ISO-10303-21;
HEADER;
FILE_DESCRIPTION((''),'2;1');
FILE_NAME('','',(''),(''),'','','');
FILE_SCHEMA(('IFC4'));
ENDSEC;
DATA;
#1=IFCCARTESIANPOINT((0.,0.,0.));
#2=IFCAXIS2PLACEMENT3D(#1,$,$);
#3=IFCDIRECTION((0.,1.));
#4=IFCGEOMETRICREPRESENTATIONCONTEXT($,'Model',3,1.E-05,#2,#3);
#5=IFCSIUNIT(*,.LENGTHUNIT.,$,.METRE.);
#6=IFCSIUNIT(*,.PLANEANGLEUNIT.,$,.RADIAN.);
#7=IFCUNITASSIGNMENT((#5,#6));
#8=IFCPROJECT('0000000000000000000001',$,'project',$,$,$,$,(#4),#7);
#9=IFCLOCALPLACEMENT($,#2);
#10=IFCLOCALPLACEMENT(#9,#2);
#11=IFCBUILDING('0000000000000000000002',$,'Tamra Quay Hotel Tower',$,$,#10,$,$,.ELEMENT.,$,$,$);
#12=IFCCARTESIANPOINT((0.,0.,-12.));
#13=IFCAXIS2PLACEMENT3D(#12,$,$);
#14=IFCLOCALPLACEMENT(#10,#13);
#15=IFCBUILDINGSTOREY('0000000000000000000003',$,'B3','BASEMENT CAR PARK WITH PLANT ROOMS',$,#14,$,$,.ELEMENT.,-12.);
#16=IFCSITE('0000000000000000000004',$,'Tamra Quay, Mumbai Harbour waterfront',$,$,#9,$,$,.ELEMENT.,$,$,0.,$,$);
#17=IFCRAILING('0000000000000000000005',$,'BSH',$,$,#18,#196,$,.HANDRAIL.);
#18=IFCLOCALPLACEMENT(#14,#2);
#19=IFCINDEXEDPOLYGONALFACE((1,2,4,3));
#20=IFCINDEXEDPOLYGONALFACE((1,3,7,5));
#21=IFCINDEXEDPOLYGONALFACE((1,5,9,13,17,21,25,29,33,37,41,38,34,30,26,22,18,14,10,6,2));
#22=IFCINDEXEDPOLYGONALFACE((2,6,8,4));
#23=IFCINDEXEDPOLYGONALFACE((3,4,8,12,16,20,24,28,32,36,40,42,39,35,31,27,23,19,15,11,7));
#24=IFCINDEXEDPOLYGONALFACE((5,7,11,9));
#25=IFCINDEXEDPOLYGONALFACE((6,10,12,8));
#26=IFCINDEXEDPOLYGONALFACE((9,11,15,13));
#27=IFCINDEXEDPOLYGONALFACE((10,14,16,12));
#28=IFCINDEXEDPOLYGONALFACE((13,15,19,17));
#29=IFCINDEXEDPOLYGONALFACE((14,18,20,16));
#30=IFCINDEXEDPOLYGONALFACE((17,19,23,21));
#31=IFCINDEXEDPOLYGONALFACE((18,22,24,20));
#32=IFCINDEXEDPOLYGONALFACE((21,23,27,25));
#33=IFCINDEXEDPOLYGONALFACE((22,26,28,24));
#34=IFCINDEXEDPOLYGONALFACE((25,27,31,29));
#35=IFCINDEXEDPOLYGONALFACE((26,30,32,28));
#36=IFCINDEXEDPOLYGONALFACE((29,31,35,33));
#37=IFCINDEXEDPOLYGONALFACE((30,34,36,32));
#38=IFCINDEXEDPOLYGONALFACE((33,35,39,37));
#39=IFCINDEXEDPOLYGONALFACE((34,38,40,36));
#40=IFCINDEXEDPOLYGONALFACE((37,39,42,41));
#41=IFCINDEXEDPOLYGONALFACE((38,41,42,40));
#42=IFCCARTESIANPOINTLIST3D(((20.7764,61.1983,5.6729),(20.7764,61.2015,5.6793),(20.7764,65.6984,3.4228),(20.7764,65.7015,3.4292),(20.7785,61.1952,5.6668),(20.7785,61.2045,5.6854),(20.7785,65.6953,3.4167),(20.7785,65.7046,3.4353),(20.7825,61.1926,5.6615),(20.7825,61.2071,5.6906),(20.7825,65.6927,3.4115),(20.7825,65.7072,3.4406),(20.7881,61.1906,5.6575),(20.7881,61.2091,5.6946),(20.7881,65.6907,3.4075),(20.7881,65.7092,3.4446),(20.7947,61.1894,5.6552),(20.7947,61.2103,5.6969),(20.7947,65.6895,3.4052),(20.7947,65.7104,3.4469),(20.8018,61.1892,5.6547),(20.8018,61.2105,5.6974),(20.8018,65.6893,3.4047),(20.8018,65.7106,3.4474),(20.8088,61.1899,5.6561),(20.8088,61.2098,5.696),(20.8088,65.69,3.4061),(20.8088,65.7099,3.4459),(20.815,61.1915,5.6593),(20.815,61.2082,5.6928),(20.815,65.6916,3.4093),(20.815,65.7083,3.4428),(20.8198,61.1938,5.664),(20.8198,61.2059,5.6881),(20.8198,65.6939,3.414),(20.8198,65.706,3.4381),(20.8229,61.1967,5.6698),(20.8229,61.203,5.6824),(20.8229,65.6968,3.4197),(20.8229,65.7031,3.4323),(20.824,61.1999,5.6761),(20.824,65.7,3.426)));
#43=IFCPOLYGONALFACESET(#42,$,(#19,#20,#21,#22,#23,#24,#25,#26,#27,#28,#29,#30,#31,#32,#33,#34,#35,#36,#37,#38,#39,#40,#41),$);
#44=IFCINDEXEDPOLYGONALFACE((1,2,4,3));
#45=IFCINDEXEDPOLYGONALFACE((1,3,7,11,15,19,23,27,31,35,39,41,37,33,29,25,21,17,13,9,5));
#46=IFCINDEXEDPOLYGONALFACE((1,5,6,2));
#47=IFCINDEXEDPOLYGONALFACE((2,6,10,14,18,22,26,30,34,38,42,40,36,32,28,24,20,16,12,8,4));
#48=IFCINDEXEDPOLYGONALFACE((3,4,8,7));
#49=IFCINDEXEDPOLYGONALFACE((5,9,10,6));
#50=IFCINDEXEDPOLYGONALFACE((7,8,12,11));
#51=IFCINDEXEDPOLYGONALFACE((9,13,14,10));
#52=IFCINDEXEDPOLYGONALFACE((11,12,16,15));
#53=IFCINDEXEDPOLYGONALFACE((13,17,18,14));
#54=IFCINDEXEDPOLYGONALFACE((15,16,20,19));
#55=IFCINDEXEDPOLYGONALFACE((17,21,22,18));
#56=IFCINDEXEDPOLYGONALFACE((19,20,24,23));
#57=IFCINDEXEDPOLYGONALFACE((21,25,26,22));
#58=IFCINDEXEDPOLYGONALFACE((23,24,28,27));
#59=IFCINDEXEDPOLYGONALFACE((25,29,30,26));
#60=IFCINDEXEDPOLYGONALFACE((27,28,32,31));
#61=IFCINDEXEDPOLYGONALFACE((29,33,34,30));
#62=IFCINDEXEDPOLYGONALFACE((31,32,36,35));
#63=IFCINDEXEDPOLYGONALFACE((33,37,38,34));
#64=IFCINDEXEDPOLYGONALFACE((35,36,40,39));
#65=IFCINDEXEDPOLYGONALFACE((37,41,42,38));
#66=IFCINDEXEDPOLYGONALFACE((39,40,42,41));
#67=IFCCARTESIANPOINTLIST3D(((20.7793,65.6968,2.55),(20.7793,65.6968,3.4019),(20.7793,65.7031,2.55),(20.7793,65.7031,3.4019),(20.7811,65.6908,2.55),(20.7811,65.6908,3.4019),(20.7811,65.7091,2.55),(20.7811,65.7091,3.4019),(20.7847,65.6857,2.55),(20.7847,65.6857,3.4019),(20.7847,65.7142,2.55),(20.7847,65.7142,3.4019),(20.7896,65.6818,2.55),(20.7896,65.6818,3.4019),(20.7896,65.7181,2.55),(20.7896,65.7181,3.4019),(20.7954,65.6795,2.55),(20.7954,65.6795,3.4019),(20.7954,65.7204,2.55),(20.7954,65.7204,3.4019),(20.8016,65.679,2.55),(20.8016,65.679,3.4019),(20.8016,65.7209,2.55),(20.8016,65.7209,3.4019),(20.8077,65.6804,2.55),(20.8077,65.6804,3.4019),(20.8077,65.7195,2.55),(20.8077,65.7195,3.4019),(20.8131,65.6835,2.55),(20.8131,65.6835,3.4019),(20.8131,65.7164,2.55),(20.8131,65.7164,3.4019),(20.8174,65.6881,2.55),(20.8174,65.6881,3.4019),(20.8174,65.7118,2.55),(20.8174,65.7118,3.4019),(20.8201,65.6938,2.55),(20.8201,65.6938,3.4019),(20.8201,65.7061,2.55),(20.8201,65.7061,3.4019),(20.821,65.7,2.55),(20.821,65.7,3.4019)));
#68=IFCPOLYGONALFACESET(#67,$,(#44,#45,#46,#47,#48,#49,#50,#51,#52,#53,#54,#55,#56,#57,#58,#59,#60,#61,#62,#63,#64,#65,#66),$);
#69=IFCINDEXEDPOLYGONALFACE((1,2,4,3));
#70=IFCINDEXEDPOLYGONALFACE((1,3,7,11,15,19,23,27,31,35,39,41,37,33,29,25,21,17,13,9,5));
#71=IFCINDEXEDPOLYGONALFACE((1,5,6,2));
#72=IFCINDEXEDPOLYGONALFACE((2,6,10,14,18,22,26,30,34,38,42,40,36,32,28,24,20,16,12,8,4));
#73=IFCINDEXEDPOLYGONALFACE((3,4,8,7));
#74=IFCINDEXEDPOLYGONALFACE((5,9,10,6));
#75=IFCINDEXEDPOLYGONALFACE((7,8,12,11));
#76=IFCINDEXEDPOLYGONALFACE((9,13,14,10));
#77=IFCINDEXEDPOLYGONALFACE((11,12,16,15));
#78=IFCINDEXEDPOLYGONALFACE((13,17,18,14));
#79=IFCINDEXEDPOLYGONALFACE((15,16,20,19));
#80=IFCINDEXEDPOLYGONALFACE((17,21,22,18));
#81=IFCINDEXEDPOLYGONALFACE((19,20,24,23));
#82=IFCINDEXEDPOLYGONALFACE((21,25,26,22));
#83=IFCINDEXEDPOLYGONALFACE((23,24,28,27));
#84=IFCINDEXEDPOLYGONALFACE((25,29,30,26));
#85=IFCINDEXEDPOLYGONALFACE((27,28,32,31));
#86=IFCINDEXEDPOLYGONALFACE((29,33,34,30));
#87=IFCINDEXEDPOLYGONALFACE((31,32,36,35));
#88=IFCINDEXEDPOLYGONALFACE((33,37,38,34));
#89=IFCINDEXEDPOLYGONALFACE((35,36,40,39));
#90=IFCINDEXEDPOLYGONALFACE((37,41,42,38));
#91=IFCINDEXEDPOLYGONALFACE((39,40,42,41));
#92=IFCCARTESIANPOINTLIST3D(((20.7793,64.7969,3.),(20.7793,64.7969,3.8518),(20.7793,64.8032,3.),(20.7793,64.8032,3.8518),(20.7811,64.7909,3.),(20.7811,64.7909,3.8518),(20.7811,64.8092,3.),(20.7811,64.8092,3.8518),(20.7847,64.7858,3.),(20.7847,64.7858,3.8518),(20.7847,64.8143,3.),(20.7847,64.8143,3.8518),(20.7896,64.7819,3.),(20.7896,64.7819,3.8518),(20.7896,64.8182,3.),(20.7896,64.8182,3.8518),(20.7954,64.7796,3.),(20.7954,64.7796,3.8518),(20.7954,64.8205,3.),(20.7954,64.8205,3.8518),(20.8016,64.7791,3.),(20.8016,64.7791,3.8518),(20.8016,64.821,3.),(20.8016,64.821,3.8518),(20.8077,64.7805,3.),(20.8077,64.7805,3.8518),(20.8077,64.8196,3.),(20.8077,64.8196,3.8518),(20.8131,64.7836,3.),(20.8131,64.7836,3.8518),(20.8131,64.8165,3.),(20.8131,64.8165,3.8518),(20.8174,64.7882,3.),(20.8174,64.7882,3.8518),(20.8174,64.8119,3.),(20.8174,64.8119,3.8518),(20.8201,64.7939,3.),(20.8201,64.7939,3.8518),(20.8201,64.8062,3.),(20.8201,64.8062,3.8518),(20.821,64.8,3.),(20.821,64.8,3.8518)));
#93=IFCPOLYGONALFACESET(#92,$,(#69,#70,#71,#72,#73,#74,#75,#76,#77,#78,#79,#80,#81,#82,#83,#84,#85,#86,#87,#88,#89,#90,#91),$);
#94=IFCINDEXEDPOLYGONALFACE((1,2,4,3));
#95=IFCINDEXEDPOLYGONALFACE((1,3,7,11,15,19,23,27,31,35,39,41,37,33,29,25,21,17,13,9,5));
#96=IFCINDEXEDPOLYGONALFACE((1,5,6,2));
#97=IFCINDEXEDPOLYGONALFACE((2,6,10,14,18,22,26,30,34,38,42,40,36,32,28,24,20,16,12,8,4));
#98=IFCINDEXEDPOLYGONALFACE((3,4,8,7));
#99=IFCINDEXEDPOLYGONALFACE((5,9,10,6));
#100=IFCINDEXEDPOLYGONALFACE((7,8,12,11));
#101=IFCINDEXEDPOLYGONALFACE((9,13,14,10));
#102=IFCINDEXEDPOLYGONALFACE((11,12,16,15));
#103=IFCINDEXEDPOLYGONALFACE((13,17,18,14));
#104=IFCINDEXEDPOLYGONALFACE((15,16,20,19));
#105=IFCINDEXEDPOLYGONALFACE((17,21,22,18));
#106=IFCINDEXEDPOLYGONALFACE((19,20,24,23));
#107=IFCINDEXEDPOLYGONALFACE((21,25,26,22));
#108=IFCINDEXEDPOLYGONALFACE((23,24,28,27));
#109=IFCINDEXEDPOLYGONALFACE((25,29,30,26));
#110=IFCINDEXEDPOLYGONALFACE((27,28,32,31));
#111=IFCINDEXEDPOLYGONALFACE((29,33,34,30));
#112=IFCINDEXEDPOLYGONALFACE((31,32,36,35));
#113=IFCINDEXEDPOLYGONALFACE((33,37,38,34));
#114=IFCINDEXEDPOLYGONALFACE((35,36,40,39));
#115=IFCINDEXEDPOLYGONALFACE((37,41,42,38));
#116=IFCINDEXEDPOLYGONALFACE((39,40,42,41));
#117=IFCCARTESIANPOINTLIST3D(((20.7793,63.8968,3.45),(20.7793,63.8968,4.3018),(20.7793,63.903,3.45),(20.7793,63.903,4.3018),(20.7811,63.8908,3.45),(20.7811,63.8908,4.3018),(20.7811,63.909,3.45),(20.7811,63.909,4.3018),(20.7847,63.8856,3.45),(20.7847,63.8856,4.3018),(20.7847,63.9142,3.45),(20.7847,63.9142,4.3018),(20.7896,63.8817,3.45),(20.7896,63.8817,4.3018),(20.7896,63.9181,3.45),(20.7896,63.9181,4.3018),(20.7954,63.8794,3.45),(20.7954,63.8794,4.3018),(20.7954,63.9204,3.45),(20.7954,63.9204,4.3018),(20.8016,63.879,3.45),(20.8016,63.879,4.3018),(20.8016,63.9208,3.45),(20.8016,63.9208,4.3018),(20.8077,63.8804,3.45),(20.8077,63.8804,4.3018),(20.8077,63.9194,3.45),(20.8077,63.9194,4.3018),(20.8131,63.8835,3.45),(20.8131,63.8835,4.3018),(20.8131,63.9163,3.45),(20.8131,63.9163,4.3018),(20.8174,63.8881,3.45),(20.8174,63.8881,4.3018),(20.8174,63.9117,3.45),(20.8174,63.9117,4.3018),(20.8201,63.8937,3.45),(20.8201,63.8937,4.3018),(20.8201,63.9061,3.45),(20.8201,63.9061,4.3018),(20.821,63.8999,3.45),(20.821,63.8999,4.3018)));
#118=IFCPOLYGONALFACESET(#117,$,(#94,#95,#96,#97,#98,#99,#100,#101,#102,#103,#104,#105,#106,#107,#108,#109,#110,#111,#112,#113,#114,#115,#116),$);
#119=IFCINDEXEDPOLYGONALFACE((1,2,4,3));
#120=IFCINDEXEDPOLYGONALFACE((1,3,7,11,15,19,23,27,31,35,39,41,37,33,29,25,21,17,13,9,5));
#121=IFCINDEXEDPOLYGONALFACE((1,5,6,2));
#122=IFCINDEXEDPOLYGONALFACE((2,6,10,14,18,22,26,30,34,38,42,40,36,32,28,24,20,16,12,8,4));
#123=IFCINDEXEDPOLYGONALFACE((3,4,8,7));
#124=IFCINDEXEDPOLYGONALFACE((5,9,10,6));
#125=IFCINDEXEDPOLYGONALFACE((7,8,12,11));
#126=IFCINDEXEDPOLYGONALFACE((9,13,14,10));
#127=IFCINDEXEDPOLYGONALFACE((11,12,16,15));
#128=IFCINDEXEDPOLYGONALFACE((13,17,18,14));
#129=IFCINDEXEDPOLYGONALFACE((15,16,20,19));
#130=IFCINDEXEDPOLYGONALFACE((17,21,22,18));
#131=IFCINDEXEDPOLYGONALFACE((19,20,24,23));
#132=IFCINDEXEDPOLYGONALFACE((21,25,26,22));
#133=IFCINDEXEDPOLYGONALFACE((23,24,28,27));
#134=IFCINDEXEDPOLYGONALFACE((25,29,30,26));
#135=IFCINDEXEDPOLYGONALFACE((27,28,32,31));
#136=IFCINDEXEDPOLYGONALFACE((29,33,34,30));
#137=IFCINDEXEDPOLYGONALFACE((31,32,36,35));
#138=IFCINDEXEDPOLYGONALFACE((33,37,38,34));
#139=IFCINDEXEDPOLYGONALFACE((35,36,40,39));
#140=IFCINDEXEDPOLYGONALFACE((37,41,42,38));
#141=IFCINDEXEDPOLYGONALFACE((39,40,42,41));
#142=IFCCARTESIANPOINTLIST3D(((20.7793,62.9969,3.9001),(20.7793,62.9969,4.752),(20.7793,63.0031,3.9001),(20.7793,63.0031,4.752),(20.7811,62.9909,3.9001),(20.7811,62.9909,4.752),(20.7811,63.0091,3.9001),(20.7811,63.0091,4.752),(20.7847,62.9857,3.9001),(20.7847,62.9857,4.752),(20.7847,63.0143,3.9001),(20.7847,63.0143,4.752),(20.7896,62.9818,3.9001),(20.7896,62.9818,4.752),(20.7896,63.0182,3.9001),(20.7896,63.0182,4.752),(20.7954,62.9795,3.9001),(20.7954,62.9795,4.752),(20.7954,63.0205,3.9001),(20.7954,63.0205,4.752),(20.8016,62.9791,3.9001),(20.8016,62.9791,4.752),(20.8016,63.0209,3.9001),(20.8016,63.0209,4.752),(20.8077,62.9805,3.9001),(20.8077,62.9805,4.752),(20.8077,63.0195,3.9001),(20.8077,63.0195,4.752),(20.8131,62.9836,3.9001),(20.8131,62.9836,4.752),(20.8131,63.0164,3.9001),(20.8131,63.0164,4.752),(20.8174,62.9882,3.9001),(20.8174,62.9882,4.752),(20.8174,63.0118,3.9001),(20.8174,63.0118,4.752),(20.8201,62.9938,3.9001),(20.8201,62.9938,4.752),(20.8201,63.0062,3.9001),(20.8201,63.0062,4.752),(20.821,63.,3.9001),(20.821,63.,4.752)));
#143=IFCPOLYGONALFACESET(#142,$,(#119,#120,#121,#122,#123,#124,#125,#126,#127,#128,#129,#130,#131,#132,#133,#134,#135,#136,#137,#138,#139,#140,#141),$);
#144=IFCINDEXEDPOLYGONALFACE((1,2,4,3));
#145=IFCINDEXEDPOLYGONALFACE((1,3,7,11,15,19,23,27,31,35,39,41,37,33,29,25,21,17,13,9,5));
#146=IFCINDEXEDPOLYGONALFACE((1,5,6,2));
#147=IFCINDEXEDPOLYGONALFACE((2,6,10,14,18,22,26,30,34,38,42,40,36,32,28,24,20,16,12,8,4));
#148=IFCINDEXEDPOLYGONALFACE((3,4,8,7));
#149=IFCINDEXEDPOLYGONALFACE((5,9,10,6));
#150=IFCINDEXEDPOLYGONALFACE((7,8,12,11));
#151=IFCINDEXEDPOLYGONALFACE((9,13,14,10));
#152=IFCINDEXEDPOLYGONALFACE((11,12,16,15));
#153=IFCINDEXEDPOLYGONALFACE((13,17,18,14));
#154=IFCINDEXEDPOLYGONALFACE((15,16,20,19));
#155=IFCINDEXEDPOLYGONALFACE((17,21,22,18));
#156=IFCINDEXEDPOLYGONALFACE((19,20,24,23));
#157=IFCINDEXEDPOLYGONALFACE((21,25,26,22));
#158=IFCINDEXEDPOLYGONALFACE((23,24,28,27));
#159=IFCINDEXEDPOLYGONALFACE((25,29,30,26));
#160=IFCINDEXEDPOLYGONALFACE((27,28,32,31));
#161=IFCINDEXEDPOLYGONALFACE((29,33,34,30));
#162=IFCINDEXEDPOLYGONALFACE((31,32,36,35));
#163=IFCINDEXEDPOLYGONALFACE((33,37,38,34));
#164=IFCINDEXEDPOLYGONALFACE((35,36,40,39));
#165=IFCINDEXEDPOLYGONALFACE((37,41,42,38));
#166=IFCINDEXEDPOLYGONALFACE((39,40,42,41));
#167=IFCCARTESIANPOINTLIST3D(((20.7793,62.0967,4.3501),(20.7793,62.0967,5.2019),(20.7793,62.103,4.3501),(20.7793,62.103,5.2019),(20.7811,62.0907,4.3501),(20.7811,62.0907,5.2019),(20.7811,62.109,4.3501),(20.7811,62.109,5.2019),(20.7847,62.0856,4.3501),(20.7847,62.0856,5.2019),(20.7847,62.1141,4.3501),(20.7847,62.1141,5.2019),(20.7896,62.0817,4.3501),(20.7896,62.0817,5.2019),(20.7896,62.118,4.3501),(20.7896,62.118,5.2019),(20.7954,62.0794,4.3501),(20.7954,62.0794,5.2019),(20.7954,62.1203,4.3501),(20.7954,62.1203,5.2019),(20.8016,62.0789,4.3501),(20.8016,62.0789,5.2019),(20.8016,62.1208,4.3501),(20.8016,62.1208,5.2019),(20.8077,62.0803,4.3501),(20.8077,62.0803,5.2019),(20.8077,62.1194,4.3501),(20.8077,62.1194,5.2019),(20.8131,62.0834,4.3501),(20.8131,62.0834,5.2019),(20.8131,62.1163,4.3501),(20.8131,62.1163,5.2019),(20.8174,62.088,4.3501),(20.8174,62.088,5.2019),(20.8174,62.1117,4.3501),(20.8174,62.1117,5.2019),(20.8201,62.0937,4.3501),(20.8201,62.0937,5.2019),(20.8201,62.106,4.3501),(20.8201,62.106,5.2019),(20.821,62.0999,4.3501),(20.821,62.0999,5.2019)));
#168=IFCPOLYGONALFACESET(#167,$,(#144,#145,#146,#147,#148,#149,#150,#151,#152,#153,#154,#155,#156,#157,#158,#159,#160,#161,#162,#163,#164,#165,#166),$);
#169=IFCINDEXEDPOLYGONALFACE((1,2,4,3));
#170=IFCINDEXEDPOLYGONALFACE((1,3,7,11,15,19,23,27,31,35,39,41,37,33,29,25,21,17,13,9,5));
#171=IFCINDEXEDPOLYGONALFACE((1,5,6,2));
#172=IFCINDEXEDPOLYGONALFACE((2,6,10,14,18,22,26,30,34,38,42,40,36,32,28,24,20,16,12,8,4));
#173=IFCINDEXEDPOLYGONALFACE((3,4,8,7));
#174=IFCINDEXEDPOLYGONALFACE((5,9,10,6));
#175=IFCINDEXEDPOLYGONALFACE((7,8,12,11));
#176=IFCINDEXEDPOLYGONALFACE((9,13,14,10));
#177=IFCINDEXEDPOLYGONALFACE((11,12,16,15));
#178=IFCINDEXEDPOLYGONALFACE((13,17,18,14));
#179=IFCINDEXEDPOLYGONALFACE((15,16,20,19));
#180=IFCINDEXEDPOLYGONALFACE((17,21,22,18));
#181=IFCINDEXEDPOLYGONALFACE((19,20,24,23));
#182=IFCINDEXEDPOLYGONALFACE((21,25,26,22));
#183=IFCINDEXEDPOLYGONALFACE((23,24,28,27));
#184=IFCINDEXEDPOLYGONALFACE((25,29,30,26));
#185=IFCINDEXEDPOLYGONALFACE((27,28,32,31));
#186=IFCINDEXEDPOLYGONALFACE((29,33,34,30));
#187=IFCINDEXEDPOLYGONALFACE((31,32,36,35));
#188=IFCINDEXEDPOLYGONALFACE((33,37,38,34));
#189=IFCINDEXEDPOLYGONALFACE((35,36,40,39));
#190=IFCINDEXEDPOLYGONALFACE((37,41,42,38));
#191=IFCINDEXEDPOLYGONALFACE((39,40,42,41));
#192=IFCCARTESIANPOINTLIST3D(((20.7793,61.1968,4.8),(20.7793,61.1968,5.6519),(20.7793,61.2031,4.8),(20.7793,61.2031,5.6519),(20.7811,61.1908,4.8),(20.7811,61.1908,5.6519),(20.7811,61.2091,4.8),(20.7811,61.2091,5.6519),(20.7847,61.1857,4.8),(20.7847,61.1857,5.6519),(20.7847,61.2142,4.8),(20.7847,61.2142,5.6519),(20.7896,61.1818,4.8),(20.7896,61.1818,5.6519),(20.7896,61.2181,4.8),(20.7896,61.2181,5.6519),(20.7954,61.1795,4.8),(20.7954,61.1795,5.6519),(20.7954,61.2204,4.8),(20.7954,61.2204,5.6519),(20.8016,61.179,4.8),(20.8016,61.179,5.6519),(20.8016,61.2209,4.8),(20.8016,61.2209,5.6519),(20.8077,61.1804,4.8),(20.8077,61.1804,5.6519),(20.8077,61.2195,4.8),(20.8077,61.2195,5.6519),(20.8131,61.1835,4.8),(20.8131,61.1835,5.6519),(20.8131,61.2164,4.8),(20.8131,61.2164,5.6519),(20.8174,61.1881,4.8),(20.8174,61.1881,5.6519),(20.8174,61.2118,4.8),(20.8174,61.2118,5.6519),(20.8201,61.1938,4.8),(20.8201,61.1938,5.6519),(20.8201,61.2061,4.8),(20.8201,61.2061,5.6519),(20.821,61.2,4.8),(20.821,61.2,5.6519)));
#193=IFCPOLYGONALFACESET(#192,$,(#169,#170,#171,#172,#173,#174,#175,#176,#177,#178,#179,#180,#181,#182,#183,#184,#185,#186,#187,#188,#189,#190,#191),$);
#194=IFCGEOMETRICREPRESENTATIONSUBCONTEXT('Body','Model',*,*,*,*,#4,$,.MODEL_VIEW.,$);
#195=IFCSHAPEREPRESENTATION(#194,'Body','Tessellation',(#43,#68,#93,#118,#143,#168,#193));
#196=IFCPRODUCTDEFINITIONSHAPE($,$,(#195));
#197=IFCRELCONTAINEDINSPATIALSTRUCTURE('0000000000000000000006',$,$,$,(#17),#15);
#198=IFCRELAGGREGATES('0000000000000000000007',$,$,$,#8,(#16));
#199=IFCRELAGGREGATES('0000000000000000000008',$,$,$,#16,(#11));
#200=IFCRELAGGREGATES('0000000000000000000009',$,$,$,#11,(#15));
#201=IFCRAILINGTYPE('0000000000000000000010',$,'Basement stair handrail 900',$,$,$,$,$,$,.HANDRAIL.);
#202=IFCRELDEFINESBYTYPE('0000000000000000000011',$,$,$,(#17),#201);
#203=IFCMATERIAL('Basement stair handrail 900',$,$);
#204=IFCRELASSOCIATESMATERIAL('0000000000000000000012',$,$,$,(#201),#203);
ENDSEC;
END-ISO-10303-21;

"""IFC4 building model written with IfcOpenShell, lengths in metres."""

from ifc_helpers import new_model, si_unit, direction, frame, origin, origin_2d, place, context, subcontext, project, spatial, circle, extrude, material, type_object, element, save


model = new_model("IFC4")

# Units and contexts
model_context = context("Model", 3, precision=1e-05, world=origin(), true_north=direction((0.0, 1.0)))
body_context = subcontext(model_context, "Body", "Model", "MODEL_VIEW")
ifc_project = project(units=[si_unit("LENGTHUNIT", "METRE"), si_unit("PLANEANGLEUNIT", "RADIAN")], contexts=[model_context])

# Site, building, storey
site_placement = place(None, origin())
site = spatial("IfcSite", under=ifc_project, at=site_placement, Name="Tamra Quay, Mumbai Harbour waterfront", CompositionType="ELEMENT", RefElevation=0.0)
building_placement = place(site_placement, origin())
building = spatial("IfcBuilding", under=site, at=building_placement, Name="Tamra Quay Hotel Tower", CompositionType="ELEMENT")
storey_placement = place(building_placement, frame((0.0, 0.0, -12.0)))
storey = spatial("IfcBuildingStorey", under=building, at=storey_placement, Name="B3", Description="BASEMENT CAR PARK WITH PLANT ROOMS", CompositionType="ELEMENT", Elevation=-12.0)

# Railing
ifc_material_1 = material(Name="Basement stair handrail 900")
railing_type = type_object("IfcRailingType", Name="Basement stair handrail 900", PredefinedType="HANDRAIL", material=ifc_material_1)
railing_placement = place(storey_placement, frame((20.8, 65.7, 2.55)))
element("IfcRailing", 1, at=railing_placement, inside=storey, type_object=railing_type, Name="BSH", PredefinedType="HANDRAIL", context=body_context, shape_type="SweptSolid", body=[
    extrude(circle(Radius=0.0239, at=origin_2d()), frame((0.0, 0.0, 0.876), z_axis=(0.0, -0.894427, 0.447214), x_axis=(1.0, 0.0, 0.0)), (0.0, 0.0, 1.0), 5.0312),
    extrude(circle(Radius=0.021, at=origin_2d()), origin(), (0.0, 0.0, 1.0), 0.8518),
    extrude(circle(Radius=0.021, at=origin_2d()), frame((0.0, -0.8999, 0.45)), (0.0, 0.0, 1.0), 0.8518),
    extrude(circle(Radius=0.021, at=origin_2d()), frame((0.0, -1.8, 0.8999)), (0.0, 0.0, 1.0), 0.8518),
    extrude(circle(Radius=0.021, at=origin_2d()), frame((0.0, -2.7, 1.3501)), (0.0, 0.0, 1.0), 0.8518),
    extrude(circle(Radius=0.021, at=origin_2d()), frame((0.0, -3.6001, 1.8)), (0.0, 0.0, 1.0), 0.8518),
    extrude(circle(Radius=0.021, at=origin_2d()), frame((0.0, -4.5, 2.25)), (0.0, 0.0, 1.0), 0.8518),
])

save(model, "model.ifc")
